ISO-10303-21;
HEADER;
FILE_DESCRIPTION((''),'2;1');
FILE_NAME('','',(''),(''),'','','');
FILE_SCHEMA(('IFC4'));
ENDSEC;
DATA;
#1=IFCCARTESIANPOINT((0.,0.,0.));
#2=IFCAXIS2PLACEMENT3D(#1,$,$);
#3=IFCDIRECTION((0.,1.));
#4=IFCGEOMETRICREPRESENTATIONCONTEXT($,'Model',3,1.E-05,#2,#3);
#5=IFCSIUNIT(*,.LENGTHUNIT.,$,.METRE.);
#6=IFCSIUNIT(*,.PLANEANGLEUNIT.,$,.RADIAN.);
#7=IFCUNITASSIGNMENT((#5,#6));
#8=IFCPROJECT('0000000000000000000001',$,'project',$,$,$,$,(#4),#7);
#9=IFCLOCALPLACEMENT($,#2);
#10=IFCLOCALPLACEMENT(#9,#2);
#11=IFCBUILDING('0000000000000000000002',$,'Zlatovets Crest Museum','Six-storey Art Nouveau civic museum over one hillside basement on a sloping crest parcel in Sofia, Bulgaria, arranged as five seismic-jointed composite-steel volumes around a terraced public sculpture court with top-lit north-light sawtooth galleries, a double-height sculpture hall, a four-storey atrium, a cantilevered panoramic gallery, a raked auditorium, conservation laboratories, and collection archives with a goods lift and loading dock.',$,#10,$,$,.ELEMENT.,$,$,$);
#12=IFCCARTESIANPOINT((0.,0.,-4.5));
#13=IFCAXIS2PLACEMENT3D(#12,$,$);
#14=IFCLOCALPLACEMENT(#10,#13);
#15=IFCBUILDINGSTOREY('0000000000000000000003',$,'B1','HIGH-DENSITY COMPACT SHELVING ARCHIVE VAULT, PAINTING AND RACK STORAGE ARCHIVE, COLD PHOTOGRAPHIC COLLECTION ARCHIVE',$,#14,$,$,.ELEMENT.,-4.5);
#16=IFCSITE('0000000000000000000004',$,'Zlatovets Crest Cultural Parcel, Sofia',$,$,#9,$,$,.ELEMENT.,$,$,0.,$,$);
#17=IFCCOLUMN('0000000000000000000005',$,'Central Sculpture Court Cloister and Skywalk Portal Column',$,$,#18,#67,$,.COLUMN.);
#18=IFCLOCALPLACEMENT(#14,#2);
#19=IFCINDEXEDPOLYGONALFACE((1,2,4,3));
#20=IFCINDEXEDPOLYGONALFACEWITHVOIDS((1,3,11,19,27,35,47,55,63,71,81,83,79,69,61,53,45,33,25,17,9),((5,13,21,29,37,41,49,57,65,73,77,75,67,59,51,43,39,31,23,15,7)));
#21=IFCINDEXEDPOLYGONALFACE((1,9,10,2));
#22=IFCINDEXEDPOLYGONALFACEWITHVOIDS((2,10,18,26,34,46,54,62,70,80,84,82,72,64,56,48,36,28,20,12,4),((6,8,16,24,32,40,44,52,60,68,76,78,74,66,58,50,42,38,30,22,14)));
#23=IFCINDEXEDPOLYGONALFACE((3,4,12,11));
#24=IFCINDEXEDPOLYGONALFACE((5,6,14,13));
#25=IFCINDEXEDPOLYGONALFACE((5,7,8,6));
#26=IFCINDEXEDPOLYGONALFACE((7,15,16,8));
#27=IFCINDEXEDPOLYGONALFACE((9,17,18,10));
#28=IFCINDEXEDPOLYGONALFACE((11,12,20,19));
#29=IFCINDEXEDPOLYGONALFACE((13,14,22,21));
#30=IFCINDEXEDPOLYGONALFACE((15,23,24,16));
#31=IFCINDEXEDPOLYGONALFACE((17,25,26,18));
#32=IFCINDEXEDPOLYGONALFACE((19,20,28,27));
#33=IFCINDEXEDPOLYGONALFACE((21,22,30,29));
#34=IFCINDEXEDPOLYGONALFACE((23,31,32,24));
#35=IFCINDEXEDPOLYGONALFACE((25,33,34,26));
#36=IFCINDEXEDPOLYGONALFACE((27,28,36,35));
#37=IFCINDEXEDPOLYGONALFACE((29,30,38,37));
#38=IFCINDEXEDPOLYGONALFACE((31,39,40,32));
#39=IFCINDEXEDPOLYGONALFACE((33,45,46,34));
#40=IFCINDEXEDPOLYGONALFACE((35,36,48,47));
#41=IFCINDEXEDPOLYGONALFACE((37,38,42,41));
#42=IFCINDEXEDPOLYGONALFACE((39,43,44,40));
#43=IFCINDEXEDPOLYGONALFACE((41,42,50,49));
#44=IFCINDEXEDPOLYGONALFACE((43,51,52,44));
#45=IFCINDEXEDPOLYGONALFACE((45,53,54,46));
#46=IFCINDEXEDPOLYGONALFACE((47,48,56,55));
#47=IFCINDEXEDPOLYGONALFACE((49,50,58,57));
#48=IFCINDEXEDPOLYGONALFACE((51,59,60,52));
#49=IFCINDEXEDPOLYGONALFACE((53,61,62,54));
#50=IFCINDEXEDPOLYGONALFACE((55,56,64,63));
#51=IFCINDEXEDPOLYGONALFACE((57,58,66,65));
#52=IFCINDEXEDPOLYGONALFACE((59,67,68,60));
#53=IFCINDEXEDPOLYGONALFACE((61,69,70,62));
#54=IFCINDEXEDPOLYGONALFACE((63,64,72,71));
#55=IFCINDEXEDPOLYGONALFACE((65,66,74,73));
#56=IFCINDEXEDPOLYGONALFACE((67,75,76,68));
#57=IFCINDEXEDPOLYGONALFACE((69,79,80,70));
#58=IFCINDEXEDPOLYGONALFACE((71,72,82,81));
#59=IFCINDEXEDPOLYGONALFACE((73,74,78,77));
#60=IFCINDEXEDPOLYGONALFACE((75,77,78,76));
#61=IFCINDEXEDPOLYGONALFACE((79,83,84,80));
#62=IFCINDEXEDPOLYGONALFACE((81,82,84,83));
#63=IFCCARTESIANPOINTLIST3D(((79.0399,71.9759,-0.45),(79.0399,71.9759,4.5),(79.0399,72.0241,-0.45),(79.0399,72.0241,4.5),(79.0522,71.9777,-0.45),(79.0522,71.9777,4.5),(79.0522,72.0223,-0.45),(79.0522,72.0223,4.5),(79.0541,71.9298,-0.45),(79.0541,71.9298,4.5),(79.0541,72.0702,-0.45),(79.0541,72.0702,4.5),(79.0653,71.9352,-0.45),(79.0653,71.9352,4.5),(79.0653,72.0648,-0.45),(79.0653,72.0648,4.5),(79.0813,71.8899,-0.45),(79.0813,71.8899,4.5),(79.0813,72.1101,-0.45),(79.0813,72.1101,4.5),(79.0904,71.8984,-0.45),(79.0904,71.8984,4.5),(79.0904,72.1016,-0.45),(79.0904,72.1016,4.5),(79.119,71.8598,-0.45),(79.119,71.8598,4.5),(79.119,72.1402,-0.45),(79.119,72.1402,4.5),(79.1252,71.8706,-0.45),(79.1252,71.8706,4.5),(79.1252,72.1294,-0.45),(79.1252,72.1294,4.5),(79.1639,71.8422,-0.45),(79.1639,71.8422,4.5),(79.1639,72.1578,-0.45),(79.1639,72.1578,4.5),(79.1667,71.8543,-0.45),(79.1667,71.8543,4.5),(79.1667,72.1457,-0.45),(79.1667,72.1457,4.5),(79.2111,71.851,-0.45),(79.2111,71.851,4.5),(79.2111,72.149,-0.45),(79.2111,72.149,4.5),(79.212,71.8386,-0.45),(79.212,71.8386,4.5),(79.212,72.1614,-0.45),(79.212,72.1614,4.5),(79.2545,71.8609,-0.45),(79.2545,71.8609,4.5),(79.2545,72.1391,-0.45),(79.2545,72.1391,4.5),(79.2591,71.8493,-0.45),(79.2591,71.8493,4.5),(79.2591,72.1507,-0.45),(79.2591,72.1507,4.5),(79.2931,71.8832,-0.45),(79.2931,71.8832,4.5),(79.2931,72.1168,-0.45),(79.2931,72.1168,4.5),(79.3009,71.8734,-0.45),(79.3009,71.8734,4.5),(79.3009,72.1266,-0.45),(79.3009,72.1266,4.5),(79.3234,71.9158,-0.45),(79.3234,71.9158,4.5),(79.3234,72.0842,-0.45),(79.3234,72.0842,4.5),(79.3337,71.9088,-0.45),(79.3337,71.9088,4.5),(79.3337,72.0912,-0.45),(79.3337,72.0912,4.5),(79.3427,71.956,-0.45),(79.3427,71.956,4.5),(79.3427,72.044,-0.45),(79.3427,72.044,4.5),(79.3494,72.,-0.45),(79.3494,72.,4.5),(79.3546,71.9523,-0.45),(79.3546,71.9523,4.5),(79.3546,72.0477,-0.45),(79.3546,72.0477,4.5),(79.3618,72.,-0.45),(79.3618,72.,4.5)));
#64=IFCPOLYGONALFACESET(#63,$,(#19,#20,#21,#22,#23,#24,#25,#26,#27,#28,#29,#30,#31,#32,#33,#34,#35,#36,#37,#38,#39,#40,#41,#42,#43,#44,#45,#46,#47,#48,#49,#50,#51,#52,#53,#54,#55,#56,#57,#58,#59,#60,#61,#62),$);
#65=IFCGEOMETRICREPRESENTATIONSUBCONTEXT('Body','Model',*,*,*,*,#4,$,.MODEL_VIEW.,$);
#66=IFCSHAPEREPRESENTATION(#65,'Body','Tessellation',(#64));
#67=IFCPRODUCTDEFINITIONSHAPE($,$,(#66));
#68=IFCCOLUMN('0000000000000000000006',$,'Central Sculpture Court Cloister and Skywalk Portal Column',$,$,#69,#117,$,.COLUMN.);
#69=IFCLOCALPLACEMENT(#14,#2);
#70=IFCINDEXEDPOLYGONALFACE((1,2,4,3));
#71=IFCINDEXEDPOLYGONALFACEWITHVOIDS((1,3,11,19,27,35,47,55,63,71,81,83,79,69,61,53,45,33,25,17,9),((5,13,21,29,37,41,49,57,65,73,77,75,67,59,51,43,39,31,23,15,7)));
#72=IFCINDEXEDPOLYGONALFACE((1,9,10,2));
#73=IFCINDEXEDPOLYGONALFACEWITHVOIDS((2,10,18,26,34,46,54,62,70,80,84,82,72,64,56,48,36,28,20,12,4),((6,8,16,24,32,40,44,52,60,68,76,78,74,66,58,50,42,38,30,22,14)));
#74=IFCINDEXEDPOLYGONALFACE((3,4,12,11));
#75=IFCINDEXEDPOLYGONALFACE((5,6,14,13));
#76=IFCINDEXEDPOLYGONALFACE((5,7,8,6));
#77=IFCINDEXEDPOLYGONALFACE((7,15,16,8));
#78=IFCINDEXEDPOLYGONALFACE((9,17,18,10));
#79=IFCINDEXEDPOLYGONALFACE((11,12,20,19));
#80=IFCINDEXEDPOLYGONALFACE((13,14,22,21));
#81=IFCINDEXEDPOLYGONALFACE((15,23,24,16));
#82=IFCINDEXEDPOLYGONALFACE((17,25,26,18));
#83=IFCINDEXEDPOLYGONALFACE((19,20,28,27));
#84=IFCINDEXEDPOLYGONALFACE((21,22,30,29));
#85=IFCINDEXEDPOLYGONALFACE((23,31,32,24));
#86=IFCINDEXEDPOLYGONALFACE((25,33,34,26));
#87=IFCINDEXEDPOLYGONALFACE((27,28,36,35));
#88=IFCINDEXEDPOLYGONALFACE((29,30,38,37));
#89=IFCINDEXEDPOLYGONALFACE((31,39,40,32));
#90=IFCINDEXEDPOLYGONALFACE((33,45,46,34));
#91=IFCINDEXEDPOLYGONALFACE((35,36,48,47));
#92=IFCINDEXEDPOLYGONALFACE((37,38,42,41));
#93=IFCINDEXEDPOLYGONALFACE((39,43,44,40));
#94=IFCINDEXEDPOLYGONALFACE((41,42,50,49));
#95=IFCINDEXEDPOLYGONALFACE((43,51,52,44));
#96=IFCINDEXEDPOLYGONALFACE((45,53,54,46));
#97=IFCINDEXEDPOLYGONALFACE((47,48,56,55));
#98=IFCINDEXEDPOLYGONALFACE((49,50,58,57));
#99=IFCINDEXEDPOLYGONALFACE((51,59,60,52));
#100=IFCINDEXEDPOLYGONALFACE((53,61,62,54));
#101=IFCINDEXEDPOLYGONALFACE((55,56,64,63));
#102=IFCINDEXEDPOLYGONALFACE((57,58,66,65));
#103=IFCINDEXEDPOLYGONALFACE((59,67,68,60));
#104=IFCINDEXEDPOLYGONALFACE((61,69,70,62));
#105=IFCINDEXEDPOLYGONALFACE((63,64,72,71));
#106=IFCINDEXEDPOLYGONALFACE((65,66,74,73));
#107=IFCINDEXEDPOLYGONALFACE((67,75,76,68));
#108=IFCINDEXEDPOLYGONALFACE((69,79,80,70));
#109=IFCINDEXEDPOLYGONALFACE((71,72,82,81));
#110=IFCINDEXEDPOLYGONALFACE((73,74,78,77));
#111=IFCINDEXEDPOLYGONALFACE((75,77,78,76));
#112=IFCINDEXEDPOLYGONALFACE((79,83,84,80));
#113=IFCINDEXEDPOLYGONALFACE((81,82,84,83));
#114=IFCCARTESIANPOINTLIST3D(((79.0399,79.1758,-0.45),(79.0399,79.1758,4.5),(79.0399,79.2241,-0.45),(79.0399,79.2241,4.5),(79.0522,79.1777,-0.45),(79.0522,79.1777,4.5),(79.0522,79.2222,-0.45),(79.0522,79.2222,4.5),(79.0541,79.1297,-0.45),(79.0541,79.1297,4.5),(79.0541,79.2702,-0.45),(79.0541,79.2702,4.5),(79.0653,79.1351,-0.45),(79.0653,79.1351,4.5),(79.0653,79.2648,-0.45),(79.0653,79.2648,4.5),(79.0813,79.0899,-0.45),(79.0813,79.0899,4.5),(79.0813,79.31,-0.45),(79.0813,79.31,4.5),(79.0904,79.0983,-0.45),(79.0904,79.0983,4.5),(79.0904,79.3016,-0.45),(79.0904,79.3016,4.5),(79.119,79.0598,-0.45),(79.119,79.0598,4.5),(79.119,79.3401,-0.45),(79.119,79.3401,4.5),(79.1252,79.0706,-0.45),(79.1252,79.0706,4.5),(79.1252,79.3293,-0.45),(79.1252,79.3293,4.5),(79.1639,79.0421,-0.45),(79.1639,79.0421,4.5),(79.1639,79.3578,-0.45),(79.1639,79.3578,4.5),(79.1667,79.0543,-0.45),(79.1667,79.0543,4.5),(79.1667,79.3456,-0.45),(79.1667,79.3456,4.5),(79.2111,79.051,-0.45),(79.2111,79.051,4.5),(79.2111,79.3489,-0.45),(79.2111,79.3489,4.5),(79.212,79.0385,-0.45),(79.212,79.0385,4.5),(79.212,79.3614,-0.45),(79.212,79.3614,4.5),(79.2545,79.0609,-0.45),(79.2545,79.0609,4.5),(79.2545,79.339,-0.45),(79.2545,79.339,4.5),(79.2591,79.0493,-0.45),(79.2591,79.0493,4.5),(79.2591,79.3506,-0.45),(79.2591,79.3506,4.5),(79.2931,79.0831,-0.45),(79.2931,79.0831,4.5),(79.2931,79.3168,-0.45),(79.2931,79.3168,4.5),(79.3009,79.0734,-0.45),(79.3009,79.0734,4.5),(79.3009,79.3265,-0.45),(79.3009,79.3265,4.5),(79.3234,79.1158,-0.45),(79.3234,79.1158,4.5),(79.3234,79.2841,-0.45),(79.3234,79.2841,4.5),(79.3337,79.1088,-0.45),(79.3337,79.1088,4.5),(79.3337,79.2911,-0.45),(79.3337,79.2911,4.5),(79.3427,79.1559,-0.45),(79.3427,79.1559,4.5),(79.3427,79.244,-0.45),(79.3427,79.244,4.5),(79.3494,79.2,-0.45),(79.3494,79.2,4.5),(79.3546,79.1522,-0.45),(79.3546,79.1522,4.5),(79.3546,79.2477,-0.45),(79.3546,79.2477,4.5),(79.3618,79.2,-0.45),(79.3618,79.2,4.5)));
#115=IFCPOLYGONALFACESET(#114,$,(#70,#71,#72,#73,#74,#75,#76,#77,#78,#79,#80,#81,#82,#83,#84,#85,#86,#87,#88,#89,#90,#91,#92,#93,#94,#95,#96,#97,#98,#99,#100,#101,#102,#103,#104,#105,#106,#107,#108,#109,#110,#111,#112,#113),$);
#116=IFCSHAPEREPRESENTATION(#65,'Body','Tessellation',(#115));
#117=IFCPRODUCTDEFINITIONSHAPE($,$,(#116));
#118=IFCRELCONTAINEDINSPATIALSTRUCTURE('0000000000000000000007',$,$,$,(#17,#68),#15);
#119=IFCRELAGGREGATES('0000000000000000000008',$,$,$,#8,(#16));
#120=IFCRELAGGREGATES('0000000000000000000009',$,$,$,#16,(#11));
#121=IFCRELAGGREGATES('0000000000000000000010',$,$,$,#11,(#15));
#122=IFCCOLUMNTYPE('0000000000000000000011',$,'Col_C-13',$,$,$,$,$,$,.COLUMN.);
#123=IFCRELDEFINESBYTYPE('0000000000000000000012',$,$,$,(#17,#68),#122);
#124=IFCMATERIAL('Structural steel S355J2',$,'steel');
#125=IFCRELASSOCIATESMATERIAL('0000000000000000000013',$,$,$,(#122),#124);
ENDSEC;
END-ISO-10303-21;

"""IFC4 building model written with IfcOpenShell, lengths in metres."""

from ifc_helpers import new_model, si_unit, direction, frame, origin, origin_2d, place, context, subcontext, project, spatial, hollow_circle, extrude, material, material_profile, profile_set, type_object, element, save


model = new_model("IFC4")

# Units and contexts
model_context = context("Model", 3, precision=1e-05, world=origin(), true_north=direction((0.0, 1.0)))
body_context = subcontext(model_context, "Body", "Model", "MODEL_VIEW")
ifc_project = project(units=[si_unit("LENGTHUNIT", "METRE"), si_unit("PLANEANGLEUNIT", "RADIAN")], contexts=[model_context])

# Site, building, storey
site_placement = place(None, origin())
site = spatial("IfcSite", under=ifc_project, at=site_placement, Name="Zlatovets Crest Cultural Parcel, Sofia", CompositionType="ELEMENT", RefElevation=0.0)
building_placement = place(site_placement, origin())
building = spatial("IfcBuilding", under=site, at=building_placement, Name="Zlatovets Crest Museum", Description="Six-storey Art Nouveau civic museum over one hillside basement on a sloping crest parcel in Sofia, Bulgaria, arranged as five seismic-jointed composite-steel volumes around a terraced public sculpture court with top-lit north-light sawtooth galleries, a double-height sculpture hall, a four-storey atrium, a cantilevered panoramic gallery, a raked auditorium, conservation laboratories, and collection archives with a goods lift and loading dock.", CompositionType="ELEMENT")
storey_placement = place(building_placement, frame((0.0, 0.0, -4.5)))
storey = spatial("IfcBuildingStorey", under=building, at=storey_placement, Name="B1", Description="HIGH-DENSITY COMPACT SHELVING ARCHIVE VAULT, PAINTING AND RACK STORAGE ARCHIVE, COLD PHOTOGRAPHIC COLLECTION ARCHIVE", CompositionType="ELEMENT", Elevation=-4.5)

# Columns
ifc_material_1 = material(Name="Structural steel S355J2", Category="steel")
ifc_material_profile_1 = material_profile(ifc_material_1, hollow_circle(Radius=0.1619, WallThickness=0.0125, at=origin_2d()), Name="CHS 323.9x12.5")
ifc_profile_set_1 = profile_set([ifc_material_profile_1], Name="Structural steel S355J2")
column_type = type_object("IfcColumnType", Name="Col_C-13", PredefinedType="COLUMN", material=ifc_profile_set_1)
for number, where, z_axis, x_axis, name in (
    (1, (79.2, 72.0, -0.45), (0.0, 0.0, 1.0), (1.0, 0.0, 0.0), "Central Sculpture Court Cloister and Skywalk Portal Column"),
    (2, (79.2, 79.2, -0.45), (0.0, 0.0, 1.0), (1.0, 0.0, 0.0), "Central Sculpture Court Cloister and Skywalk Portal Column"),
):
    element("IfcColumn", number, at=place(storey_placement, frame(where, z_axis=z_axis, x_axis=x_axis)), inside=storey, type_object=column_type, Name=name, PredefinedType="COLUMN", context=body_context, shape_type="SweptSolid", body=[
        extrude(hollow_circle(Radius=0.1619, WallThickness=0.0125, at=origin_2d()), origin(), (0.0, 0.0, 1.0), 4.95),
    ])

save(model, "model.ifc")
